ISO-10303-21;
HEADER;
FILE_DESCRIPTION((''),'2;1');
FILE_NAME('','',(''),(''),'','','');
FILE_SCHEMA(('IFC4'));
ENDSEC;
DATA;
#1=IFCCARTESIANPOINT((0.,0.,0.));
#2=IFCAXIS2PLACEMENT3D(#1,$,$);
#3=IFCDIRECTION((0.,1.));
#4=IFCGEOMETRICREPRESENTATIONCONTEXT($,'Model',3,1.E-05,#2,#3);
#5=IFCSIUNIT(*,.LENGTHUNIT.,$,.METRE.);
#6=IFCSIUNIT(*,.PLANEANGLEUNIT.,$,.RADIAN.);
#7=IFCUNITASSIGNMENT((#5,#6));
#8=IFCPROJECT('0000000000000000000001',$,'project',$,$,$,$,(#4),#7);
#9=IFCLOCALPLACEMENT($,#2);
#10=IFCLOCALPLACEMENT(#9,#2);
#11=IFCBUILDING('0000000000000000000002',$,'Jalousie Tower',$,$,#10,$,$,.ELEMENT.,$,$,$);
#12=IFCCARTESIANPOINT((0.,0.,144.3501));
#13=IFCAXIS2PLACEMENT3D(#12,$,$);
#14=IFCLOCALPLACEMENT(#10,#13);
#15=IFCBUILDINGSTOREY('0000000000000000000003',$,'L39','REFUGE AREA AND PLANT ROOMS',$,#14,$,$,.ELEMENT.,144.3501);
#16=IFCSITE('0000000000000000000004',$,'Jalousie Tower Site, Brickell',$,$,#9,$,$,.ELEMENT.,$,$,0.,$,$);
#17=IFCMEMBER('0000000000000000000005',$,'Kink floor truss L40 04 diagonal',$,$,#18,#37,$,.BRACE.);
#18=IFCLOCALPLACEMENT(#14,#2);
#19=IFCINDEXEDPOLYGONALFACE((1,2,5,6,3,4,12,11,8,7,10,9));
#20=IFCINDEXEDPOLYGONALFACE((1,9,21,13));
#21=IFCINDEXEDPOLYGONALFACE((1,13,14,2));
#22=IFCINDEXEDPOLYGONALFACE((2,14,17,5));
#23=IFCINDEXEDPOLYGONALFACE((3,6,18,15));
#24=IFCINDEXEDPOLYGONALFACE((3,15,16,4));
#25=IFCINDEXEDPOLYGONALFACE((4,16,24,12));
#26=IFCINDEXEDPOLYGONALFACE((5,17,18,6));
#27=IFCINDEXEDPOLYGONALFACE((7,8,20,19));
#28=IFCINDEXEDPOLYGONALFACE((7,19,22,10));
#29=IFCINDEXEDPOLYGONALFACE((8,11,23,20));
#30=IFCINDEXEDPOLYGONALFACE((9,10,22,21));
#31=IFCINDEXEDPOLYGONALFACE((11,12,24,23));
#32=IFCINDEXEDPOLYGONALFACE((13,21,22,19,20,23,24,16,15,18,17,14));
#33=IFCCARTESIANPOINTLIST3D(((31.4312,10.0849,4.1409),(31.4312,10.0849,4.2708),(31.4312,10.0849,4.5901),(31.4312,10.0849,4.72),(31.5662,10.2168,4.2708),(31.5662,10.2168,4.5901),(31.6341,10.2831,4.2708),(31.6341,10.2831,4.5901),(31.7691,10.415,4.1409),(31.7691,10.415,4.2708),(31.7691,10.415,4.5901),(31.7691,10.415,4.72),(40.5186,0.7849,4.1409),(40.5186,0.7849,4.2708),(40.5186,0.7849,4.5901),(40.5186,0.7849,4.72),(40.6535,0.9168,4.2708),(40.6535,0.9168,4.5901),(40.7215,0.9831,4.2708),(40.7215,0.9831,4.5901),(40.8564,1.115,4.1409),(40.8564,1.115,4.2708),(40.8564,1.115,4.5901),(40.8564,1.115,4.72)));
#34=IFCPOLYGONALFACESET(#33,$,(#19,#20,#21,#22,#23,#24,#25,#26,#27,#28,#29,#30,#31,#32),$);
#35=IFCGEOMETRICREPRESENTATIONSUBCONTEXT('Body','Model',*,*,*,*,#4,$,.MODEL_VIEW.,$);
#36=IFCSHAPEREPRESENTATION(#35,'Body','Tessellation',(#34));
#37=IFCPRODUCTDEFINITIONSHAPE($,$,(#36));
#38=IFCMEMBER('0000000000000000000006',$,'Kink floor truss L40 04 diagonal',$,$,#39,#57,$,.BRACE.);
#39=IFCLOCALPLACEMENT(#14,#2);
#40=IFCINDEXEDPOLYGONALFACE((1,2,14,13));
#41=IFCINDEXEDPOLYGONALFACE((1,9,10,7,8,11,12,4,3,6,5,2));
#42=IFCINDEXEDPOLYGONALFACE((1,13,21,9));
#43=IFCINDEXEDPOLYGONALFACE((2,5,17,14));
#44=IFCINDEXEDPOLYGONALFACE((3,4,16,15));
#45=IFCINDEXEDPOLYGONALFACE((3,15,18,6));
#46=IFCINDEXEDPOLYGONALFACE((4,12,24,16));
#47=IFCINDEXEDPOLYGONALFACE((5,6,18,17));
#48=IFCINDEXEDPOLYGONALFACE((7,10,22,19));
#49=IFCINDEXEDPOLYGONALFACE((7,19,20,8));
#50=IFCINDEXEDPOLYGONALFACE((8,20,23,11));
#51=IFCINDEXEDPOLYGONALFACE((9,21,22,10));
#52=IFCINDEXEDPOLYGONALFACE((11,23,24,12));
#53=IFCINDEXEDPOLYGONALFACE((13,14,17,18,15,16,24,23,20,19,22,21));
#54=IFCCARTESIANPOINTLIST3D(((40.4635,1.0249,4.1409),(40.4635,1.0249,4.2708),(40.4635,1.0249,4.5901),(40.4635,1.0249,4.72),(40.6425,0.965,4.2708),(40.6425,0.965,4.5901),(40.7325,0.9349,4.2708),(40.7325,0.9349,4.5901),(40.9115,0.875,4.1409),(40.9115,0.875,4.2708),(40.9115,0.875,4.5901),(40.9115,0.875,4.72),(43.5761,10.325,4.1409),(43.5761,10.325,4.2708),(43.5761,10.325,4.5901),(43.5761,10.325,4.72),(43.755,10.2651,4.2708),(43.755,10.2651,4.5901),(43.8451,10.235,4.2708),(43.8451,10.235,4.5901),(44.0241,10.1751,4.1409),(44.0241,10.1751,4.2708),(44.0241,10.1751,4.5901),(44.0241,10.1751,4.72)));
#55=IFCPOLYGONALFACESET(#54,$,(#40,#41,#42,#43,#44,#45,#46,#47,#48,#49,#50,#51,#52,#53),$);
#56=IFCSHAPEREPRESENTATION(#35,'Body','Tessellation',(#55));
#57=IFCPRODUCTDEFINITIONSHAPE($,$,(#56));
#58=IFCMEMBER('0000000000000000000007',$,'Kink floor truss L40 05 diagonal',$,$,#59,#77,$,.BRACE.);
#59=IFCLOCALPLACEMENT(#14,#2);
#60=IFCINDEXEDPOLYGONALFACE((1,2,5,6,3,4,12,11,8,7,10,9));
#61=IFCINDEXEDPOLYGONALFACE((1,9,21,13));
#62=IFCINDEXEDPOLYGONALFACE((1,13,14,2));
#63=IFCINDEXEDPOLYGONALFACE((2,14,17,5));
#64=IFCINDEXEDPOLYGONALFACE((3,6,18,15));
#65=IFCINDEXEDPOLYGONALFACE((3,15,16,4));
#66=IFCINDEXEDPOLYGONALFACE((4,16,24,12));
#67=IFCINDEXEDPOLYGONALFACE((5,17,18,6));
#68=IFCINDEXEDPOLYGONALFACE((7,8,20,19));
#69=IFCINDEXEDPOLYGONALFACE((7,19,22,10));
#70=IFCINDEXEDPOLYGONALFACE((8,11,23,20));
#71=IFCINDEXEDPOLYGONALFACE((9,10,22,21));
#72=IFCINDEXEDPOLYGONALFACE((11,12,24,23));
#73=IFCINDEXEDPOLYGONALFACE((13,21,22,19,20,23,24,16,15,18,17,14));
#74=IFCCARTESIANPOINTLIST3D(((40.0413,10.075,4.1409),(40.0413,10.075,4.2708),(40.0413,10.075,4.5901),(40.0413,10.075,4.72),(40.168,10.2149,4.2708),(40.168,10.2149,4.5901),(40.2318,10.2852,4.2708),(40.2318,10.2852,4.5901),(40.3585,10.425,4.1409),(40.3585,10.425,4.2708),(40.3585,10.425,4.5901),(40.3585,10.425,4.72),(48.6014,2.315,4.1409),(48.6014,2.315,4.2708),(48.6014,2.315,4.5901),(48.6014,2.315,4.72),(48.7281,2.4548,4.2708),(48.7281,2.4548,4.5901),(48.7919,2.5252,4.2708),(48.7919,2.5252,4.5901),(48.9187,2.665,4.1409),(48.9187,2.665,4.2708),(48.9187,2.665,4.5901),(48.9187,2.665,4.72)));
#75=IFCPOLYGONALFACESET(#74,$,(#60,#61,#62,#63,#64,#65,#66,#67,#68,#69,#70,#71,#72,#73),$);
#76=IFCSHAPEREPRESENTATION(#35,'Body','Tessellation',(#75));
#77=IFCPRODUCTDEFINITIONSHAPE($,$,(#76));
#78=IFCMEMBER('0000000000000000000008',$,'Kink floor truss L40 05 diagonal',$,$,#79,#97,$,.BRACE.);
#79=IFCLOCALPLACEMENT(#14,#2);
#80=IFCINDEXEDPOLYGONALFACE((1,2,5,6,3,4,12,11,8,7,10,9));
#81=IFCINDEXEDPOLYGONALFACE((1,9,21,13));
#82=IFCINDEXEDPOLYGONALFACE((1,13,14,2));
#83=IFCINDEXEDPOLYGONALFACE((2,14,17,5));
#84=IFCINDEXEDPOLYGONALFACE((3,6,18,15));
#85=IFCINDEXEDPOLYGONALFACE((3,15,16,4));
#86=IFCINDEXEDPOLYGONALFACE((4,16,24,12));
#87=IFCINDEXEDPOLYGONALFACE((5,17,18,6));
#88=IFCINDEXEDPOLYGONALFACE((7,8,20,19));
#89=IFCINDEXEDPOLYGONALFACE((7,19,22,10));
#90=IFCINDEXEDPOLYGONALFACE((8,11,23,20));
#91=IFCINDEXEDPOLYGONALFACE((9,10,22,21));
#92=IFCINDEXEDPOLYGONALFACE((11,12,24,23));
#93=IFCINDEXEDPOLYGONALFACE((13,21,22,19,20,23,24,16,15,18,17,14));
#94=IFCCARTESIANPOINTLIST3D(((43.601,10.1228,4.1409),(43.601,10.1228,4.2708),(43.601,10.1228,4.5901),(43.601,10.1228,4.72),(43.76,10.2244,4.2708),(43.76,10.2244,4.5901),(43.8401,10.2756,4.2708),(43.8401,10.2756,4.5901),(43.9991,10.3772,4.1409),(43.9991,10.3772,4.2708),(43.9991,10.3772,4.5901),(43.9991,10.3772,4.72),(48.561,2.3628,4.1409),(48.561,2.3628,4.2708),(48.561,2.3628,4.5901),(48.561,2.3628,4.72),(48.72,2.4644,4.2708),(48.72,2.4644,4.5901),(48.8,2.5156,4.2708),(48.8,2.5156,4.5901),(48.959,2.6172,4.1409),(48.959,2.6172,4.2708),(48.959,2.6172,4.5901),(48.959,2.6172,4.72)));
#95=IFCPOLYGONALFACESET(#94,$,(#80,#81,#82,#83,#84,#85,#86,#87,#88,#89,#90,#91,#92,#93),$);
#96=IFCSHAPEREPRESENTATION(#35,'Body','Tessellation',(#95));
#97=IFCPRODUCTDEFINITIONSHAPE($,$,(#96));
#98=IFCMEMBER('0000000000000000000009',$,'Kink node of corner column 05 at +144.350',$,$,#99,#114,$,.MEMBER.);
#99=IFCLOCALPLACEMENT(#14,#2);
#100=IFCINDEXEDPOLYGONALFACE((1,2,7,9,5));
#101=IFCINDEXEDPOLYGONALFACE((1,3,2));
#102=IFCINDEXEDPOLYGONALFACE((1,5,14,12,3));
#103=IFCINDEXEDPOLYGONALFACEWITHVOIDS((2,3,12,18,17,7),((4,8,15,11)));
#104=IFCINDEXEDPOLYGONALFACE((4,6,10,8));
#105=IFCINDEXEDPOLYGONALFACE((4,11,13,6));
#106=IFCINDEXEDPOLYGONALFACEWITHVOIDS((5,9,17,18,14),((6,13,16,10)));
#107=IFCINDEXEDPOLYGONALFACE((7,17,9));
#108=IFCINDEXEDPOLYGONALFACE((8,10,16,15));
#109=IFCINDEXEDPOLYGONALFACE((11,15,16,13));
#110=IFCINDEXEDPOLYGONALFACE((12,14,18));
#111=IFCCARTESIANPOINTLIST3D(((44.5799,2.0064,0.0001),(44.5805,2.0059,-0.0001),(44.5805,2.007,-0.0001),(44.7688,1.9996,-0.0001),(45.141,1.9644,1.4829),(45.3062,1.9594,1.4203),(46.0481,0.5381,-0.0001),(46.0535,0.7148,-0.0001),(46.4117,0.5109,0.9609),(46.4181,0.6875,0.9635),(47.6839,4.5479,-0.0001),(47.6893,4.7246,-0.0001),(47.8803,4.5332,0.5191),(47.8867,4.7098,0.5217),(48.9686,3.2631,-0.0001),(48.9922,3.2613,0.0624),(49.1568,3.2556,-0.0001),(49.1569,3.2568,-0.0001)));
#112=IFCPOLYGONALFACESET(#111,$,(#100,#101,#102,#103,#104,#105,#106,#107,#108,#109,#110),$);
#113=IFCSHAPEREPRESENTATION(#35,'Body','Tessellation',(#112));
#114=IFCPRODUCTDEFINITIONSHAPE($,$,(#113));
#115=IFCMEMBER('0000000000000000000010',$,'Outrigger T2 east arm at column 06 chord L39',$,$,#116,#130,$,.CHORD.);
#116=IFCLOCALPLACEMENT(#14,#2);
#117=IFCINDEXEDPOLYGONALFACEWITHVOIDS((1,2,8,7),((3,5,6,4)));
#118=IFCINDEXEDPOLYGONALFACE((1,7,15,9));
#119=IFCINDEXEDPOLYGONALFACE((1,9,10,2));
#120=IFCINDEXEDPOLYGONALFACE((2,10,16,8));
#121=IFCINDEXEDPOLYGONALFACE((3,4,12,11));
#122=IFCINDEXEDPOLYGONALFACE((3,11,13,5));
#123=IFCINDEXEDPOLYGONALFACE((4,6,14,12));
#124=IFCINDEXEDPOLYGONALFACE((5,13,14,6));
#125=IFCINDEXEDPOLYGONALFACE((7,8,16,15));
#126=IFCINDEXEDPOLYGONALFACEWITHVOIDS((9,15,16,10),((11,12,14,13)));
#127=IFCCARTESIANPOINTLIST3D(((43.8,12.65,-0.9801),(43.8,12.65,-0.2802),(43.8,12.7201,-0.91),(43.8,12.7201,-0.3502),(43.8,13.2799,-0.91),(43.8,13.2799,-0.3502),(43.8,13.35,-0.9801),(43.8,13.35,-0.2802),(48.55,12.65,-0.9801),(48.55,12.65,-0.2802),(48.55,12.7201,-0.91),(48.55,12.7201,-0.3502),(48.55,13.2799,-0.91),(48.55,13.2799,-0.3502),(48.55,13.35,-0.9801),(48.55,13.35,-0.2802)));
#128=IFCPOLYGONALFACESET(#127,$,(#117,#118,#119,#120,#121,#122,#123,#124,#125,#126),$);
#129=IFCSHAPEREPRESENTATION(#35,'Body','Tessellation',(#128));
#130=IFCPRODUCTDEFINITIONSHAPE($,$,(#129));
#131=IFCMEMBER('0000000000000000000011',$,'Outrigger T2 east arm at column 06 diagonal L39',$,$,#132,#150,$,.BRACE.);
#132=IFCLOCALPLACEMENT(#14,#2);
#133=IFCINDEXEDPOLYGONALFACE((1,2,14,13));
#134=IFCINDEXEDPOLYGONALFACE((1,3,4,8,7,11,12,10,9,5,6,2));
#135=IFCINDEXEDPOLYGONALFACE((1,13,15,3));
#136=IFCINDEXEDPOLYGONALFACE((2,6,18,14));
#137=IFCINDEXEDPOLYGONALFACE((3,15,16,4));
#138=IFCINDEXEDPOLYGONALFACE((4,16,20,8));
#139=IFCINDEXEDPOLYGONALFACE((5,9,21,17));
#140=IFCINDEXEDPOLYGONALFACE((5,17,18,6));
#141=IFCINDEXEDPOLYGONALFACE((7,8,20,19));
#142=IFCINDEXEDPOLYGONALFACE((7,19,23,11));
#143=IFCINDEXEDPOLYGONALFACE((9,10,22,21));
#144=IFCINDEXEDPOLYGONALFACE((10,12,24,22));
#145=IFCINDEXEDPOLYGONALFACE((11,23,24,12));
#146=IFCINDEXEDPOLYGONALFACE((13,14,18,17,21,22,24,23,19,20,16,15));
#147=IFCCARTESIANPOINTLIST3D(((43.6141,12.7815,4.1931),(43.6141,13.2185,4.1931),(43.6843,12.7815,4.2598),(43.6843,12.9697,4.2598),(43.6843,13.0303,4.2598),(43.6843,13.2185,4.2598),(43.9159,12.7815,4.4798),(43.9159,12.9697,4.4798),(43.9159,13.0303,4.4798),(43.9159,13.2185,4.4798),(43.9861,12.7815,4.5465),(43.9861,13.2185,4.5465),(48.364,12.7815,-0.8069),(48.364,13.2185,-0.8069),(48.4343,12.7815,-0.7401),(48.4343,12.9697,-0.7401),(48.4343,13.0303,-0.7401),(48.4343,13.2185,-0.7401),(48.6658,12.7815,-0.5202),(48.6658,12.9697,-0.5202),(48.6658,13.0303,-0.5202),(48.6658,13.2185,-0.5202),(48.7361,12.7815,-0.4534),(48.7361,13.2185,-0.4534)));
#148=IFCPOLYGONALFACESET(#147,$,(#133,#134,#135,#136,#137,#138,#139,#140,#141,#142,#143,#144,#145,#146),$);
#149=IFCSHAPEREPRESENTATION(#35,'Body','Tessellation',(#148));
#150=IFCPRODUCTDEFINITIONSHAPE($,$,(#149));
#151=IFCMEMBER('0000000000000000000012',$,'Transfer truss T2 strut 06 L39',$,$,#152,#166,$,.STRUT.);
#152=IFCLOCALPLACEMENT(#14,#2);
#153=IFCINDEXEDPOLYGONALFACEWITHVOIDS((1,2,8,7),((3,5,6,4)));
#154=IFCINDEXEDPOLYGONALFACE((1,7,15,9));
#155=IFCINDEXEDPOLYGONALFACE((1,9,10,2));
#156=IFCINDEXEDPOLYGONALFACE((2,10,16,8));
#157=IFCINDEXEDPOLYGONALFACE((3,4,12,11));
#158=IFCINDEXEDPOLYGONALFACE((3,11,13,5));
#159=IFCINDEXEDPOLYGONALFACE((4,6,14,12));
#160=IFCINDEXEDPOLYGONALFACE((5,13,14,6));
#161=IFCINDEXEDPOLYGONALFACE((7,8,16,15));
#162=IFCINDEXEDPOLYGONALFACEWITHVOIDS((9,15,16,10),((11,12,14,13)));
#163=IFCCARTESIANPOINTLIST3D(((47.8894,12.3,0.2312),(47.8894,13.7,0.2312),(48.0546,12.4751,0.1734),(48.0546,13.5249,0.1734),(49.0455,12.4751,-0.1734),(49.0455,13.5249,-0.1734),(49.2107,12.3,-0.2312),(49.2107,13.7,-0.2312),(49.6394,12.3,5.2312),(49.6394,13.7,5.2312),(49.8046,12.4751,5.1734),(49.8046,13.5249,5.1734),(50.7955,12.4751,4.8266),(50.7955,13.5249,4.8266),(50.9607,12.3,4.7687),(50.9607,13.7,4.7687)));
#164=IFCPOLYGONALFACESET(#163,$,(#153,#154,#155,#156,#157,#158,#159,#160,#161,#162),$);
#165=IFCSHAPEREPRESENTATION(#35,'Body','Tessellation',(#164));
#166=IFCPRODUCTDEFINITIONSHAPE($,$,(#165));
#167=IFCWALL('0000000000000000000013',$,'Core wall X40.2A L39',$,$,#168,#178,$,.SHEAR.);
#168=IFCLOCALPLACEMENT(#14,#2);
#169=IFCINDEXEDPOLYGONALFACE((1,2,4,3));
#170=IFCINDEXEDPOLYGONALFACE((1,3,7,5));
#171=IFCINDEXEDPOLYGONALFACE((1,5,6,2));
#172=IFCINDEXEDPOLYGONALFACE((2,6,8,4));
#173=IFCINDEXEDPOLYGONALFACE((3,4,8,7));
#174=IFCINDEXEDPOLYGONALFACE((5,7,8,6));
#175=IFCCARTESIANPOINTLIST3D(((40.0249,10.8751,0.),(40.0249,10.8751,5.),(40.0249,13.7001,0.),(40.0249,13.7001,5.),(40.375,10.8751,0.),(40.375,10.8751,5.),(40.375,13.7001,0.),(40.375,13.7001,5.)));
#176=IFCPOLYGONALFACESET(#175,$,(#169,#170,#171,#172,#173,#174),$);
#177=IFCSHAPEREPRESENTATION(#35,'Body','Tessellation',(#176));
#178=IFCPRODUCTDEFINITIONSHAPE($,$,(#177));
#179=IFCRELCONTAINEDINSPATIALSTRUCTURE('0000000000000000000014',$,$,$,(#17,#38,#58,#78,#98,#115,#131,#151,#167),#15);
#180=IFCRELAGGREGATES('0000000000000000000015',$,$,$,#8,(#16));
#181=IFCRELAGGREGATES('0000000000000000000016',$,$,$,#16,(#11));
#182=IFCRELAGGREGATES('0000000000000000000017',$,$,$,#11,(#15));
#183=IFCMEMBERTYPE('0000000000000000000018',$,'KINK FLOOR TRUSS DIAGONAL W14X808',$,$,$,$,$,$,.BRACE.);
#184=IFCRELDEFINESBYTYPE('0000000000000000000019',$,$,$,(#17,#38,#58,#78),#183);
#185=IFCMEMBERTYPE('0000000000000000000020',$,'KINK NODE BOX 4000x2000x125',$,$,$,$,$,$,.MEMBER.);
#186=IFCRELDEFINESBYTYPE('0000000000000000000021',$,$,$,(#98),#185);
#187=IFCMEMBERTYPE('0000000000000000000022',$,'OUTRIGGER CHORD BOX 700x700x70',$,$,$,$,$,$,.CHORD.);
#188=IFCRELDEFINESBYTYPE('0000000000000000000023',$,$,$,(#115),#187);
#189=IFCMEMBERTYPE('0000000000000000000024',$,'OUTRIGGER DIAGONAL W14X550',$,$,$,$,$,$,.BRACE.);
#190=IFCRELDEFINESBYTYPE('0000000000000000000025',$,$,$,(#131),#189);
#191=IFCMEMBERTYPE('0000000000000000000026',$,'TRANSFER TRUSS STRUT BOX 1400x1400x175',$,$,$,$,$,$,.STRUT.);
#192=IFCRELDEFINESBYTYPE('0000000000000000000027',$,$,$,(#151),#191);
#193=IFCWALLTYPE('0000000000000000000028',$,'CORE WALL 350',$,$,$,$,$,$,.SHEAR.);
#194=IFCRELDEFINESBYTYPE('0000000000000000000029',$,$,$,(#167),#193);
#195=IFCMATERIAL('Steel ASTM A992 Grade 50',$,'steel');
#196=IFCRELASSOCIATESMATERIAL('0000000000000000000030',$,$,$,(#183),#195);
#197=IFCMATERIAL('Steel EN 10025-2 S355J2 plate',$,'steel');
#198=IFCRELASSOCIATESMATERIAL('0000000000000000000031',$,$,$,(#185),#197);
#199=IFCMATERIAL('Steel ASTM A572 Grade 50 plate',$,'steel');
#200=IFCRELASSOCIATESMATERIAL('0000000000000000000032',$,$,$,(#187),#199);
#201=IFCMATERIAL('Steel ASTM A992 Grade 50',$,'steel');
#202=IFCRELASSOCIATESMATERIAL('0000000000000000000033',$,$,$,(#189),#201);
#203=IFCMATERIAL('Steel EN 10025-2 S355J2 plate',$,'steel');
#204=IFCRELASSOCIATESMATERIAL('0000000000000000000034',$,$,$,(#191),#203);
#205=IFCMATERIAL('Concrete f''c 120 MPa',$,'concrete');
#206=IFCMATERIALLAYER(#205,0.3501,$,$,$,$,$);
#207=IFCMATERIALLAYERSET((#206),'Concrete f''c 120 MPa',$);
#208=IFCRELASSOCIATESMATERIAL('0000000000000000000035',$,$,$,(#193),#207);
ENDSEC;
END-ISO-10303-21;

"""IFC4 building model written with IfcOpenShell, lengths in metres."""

from ifc_helpers import new_model, si_unit, direction, frame, frame_2d, origin, origin_2d, place, context, subcontext, project, spatial, rectangle, hollow_rectangle, i_section, extrude, clip, halfspace, material, layer, layer_set, material_profile, profile_set, type_object, element, save


model = new_model("IFC4")

# Units and contexts
model_context = context("Model", 3, precision=1e-05, world=origin(), true_north=direction((0.0, 1.0)))
body_context = subcontext(model_context, "Body", "Model", "MODEL_VIEW")
ifc_project = project(units=[si_unit("LENGTHUNIT", "METRE"), si_unit("PLANEANGLEUNIT", "RADIAN")], contexts=[model_context])

# Site, building, storey
site_placement = place(None, origin())
site = spatial("IfcSite", under=ifc_project, at=site_placement, Name="Jalousie Tower Site, Brickell", CompositionType="ELEMENT", RefElevation=0.0)
building_placement = place(site_placement, origin())
building = spatial("IfcBuilding", under=site, at=building_placement, Name="Jalousie Tower", CompositionType="ELEMENT")
storey_placement = place(building_placement, frame((0.0, 0.0, 144.3501)))
storey = spatial("IfcBuildingStorey", under=building, at=storey_placement, Name="L39", Description="REFUGE AREA AND PLANT ROOMS", CompositionType="ELEMENT", Elevation=144.3501)

# Members
ifc_material_1 = material(Name="Steel ASTM A992 Grade 50", Category="steel")
ifc_material_profile_1 = material_profile(ifc_material_1, i_section(OverallWidth=0.4724, OverallDepth=0.5791, WebThickness=0.095, FlangeThickness=0.1299, at=origin_2d()), Name="W14X808")
ifc_profile_set_1 = profile_set([ifc_material_profile_1], Name="Steel ASTM A992 Grade 50")
member_type_1 = type_object("IfcMemberType", Name="KINK FLOOR TRUSS DIAGONAL W14X808", PredefinedType="BRACE", material=ifc_profile_set_1)
member_1_placement = place(storey_placement, frame((40.6875, 0.95, 4.4304), z_axis=(-0.698883, 0.715236, 0.0), x_axis=(-0.715236, -0.698883, 0.0)))
element("IfcMember", 1, at=member_1_placement, inside=storey, type_object=member_type_1, Name="Kink floor truss L40 04 diagonal", PredefinedType="BRACE", context=body_context, shape_type="SweptSolid", body=[
    extrude(i_section(OverallWidth=0.4724, OverallDepth=0.5791, WebThickness=0.095, FlangeThickness=0.1299, at=origin_2d()), origin(), (0.0, 0.0, 1.0), 13.0027),
])
member_2_placement = place(storey_placement, frame((40.6875, 0.95, 4.4304), z_axis=(0.317378, 0.948299, 0.0), x_axis=(-0.948299, 0.317378, 0.0)))
element("IfcMember", 2, at=member_2_placement, inside=storey, type_object=member_type_1, Name="Kink floor truss L40 04 diagonal", PredefinedType="BRACE", context=body_context, shape_type="SweptSolid", body=[
    extrude(i_section(OverallWidth=0.4724, OverallDepth=0.5791, WebThickness=0.095, FlangeThickness=0.1299, at=origin_2d()), origin(), (0.0, 0.0, 1.0), 9.8071),
])
member_3_placement = place(storey_placement, frame((48.76, 2.49, 4.4304), z_axis=(-0.740881, 0.671636, 0.0), x_axis=(-0.671636, -0.740881, 0.0)))
element("IfcMember", 3, at=member_3_placement, inside=storey, type_object=member_type_1, Name="Kink floor truss L40 05 diagonal", PredefinedType="BRACE", context=body_context, shape_type="SweptSolid", body=[
    extrude(i_section(OverallWidth=0.4724, OverallDepth=0.5791, WebThickness=0.095, FlangeThickness=0.1299, at=origin_2d()), origin(), (0.0, 0.0, 1.0), 11.554),
])
member_4_placement = place(storey_placement, frame((48.76, 2.49, 4.4304), z_axis=(-0.538557, 0.842589, 0.0), x_axis=(-0.842589, -0.538557, 0.0)))
element("IfcMember", 4, at=member_4_placement, inside=storey, type_object=member_type_1, Name="Kink floor truss L40 05 diagonal", PredefinedType="BRACE", context=body_context, shape_type="SweptSolid", body=[
    extrude(i_section(OverallWidth=0.4724, OverallDepth=0.5791, WebThickness=0.095, FlangeThickness=0.1299, at=origin_2d()), origin(), (0.0, 0.0, 1.0), 9.2097),
])
ifc_material_2 = material(Name="Steel EN 10025-2 S355J2 plate", Category="steel")
ifc_material_profile_2 = material_profile(ifc_material_2, hollow_rectangle(XDim=2.0, YDim=4.0, WallThickness=0.125, at=origin_2d()), Name="BOX 4000x2000x125")
ifc_profile_set_2 = profile_set([ifc_material_profile_2], Name="Steel EN 10025-2 S355J2 plate")
member_type_2 = type_object("IfcMemberType", Name="KINK NODE BOX 4000x2000x125", PredefinedType="MEMBER", material=ifc_profile_set_2)
member_5_placement = place(storey_placement, frame((46.5881, 2.6523, -0.7415), z_axis=(0.353783, -0.02648, 0.934953), x_axis=(-0.635339, 0.726792, 0.260994)))
element("IfcMember", 5, at=member_5_placement, inside=storey, type_object=member_type_2, Name="Kink node of corner column 05 at +144.350", PredefinedType="MEMBER", context=body_context, shape_type="Clipping", body=[
    clip(extrude(hollow_rectangle(XDim=2.0, YDim=4.0, WallThickness=0.125, at=origin_2d()), origin(), (0.0, 0.0, 1.0), 1.5859), halfspace(frame((0.0, 0.0, 0.793), z_axis=(0.260994, 0.240303, 0.934953)), True)),
])
ifc_material_3 = material(Name="Steel ASTM A572 Grade 50 plate", Category="steel")
ifc_material_profile_3 = material_profile(ifc_material_3, hollow_rectangle(XDim=0.7, YDim=0.7, WallThickness=0.0701, at=origin_2d()), Name="BOX 700x700x70")
ifc_profile_set_3 = profile_set([ifc_material_profile_3], Name="Steel ASTM A572 Grade 50 plate")
member_type_3 = type_object("IfcMemberType", Name="OUTRIGGER CHORD BOX 700x700x70", PredefinedType="CHORD", material=ifc_profile_set_3)
member_6_placement = place(storey_placement, frame((48.55, 13.0, -0.6301), z_axis=(-1.0, 0.0, 0.0), x_axis=(0.0, -1.0, 0.0)))
element("IfcMember", 6, at=member_6_placement, inside=storey, type_object=member_type_3, Name="Outrigger T2 east arm at column 06 chord L39", PredefinedType="CHORD", context=body_context, shape_type="SweptSolid", body=[
    extrude(hollow_rectangle(XDim=0.7, YDim=0.7, WallThickness=0.0701, at=origin_2d()), origin(), (0.0, 0.0, 1.0), 4.75),
])
ifc_material_4 = material(Name="Steel ASTM A992 Grade 50", Category="steel")
ifc_material_profile_4 = material_profile(ifc_material_4, i_section(OverallWidth=0.437, OverallDepth=0.5132, WebThickness=0.0605, FlangeThickness=0.0969, at=origin_2d()), Name="W14X550")
ifc_profile_set_4 = profile_set([ifc_material_profile_4], Name="Steel ASTM A992 Grade 50")
member_type_4 = type_object("IfcMemberType", Name="OUTRIGGER DIAGONAL W14X550", PredefinedType="BRACE", material=ifc_profile_set_4)
member_7_placement = place(storey_placement, frame((48.55, 13.0, -0.6301), z_axis=(-0.688749, 0.0, 0.724999), x_axis=(0.0, -1.0, 0.0)))
element("IfcMember", 7, at=member_7_placement, inside=storey, type_object=member_type_4, Name="Outrigger T2 east arm at column 06 diagonal L39", PredefinedType="BRACE", context=body_context, shape_type="SweptSolid", body=[
    extrude(i_section(OverallWidth=0.437, OverallDepth=0.5132, WebThickness=0.0605, FlangeThickness=0.0969, at=origin_2d()), origin(), (0.0, 0.0, 1.0), 6.8965),
])
ifc_material_5 = material(Name="Steel EN 10025-2 S355J2 plate", Category="steel")
ifc_material_profile_5 = material_profile(ifc_material_5, hollow_rectangle(XDim=1.3999, YDim=1.3999, WallThickness=0.175, at=origin_2d()), Name="BOX 1400x1400x175")
ifc_profile_set_5 = profile_set([ifc_material_profile_5], Name="Steel EN 10025-2 S355J2 plate")
member_type_5 = type_object("IfcMemberType", Name="TRANSFER TRUSS STRUT BOX 1400x1400x175", PredefinedType="STRUT", material=ifc_profile_set_5)
member_8_placement = place(storey_placement, frame((48.55, 13.0, 0.0), z_axis=(0.33035, 0.0, 0.943858), x_axis=(0.0, 1.0, 0.0)))
element("IfcMember", 8, at=member_8_placement, inside=storey, type_object=member_type_5, Name="Transfer truss T2 strut 06 L39", PredefinedType="STRUT", context=body_context, shape_type="SweptSolid", body=[
    extrude(hollow_rectangle(XDim=1.3999, YDim=1.3999, WallThickness=0.175, at=origin_2d()), origin(), (0.0, 0.0, 1.0), 5.2974),
])

# Wall
ifc_material_6 = material(Name="Concrete f'c 120 MPa", Category="concrete")
ifc_layer_1 = layer(ifc_material_6, 0.3501)
ifc_layer_set_1 = layer_set([ifc_layer_1], Name="Concrete f'c 120 MPa")
wall_type_1 = type_object("IfcWallType", Name="CORE WALL 350", PredefinedType="SHEAR", material=ifc_layer_set_1)
wall_1_placement = place(storey_placement, frame((40.2, 10.875, 0.0), z_axis=(0.0, 0.0, 1.0), x_axis=(0.0, 1.0, 0.0)))
element("IfcWall", 9, at=wall_1_placement, inside=storey, type_object=wall_type_1, Name="Core wall X40.2A L39", PredefinedType="SHEAR", context=body_context, shape_type="SweptSolid", body=[
    extrude(rectangle(XDim=2.825, YDim=0.3501, at=frame_2d((1.4126, 0.0))), origin(), (0.0, 0.0, 1.0), 5.0),
])

save(model, "model.ifc")
